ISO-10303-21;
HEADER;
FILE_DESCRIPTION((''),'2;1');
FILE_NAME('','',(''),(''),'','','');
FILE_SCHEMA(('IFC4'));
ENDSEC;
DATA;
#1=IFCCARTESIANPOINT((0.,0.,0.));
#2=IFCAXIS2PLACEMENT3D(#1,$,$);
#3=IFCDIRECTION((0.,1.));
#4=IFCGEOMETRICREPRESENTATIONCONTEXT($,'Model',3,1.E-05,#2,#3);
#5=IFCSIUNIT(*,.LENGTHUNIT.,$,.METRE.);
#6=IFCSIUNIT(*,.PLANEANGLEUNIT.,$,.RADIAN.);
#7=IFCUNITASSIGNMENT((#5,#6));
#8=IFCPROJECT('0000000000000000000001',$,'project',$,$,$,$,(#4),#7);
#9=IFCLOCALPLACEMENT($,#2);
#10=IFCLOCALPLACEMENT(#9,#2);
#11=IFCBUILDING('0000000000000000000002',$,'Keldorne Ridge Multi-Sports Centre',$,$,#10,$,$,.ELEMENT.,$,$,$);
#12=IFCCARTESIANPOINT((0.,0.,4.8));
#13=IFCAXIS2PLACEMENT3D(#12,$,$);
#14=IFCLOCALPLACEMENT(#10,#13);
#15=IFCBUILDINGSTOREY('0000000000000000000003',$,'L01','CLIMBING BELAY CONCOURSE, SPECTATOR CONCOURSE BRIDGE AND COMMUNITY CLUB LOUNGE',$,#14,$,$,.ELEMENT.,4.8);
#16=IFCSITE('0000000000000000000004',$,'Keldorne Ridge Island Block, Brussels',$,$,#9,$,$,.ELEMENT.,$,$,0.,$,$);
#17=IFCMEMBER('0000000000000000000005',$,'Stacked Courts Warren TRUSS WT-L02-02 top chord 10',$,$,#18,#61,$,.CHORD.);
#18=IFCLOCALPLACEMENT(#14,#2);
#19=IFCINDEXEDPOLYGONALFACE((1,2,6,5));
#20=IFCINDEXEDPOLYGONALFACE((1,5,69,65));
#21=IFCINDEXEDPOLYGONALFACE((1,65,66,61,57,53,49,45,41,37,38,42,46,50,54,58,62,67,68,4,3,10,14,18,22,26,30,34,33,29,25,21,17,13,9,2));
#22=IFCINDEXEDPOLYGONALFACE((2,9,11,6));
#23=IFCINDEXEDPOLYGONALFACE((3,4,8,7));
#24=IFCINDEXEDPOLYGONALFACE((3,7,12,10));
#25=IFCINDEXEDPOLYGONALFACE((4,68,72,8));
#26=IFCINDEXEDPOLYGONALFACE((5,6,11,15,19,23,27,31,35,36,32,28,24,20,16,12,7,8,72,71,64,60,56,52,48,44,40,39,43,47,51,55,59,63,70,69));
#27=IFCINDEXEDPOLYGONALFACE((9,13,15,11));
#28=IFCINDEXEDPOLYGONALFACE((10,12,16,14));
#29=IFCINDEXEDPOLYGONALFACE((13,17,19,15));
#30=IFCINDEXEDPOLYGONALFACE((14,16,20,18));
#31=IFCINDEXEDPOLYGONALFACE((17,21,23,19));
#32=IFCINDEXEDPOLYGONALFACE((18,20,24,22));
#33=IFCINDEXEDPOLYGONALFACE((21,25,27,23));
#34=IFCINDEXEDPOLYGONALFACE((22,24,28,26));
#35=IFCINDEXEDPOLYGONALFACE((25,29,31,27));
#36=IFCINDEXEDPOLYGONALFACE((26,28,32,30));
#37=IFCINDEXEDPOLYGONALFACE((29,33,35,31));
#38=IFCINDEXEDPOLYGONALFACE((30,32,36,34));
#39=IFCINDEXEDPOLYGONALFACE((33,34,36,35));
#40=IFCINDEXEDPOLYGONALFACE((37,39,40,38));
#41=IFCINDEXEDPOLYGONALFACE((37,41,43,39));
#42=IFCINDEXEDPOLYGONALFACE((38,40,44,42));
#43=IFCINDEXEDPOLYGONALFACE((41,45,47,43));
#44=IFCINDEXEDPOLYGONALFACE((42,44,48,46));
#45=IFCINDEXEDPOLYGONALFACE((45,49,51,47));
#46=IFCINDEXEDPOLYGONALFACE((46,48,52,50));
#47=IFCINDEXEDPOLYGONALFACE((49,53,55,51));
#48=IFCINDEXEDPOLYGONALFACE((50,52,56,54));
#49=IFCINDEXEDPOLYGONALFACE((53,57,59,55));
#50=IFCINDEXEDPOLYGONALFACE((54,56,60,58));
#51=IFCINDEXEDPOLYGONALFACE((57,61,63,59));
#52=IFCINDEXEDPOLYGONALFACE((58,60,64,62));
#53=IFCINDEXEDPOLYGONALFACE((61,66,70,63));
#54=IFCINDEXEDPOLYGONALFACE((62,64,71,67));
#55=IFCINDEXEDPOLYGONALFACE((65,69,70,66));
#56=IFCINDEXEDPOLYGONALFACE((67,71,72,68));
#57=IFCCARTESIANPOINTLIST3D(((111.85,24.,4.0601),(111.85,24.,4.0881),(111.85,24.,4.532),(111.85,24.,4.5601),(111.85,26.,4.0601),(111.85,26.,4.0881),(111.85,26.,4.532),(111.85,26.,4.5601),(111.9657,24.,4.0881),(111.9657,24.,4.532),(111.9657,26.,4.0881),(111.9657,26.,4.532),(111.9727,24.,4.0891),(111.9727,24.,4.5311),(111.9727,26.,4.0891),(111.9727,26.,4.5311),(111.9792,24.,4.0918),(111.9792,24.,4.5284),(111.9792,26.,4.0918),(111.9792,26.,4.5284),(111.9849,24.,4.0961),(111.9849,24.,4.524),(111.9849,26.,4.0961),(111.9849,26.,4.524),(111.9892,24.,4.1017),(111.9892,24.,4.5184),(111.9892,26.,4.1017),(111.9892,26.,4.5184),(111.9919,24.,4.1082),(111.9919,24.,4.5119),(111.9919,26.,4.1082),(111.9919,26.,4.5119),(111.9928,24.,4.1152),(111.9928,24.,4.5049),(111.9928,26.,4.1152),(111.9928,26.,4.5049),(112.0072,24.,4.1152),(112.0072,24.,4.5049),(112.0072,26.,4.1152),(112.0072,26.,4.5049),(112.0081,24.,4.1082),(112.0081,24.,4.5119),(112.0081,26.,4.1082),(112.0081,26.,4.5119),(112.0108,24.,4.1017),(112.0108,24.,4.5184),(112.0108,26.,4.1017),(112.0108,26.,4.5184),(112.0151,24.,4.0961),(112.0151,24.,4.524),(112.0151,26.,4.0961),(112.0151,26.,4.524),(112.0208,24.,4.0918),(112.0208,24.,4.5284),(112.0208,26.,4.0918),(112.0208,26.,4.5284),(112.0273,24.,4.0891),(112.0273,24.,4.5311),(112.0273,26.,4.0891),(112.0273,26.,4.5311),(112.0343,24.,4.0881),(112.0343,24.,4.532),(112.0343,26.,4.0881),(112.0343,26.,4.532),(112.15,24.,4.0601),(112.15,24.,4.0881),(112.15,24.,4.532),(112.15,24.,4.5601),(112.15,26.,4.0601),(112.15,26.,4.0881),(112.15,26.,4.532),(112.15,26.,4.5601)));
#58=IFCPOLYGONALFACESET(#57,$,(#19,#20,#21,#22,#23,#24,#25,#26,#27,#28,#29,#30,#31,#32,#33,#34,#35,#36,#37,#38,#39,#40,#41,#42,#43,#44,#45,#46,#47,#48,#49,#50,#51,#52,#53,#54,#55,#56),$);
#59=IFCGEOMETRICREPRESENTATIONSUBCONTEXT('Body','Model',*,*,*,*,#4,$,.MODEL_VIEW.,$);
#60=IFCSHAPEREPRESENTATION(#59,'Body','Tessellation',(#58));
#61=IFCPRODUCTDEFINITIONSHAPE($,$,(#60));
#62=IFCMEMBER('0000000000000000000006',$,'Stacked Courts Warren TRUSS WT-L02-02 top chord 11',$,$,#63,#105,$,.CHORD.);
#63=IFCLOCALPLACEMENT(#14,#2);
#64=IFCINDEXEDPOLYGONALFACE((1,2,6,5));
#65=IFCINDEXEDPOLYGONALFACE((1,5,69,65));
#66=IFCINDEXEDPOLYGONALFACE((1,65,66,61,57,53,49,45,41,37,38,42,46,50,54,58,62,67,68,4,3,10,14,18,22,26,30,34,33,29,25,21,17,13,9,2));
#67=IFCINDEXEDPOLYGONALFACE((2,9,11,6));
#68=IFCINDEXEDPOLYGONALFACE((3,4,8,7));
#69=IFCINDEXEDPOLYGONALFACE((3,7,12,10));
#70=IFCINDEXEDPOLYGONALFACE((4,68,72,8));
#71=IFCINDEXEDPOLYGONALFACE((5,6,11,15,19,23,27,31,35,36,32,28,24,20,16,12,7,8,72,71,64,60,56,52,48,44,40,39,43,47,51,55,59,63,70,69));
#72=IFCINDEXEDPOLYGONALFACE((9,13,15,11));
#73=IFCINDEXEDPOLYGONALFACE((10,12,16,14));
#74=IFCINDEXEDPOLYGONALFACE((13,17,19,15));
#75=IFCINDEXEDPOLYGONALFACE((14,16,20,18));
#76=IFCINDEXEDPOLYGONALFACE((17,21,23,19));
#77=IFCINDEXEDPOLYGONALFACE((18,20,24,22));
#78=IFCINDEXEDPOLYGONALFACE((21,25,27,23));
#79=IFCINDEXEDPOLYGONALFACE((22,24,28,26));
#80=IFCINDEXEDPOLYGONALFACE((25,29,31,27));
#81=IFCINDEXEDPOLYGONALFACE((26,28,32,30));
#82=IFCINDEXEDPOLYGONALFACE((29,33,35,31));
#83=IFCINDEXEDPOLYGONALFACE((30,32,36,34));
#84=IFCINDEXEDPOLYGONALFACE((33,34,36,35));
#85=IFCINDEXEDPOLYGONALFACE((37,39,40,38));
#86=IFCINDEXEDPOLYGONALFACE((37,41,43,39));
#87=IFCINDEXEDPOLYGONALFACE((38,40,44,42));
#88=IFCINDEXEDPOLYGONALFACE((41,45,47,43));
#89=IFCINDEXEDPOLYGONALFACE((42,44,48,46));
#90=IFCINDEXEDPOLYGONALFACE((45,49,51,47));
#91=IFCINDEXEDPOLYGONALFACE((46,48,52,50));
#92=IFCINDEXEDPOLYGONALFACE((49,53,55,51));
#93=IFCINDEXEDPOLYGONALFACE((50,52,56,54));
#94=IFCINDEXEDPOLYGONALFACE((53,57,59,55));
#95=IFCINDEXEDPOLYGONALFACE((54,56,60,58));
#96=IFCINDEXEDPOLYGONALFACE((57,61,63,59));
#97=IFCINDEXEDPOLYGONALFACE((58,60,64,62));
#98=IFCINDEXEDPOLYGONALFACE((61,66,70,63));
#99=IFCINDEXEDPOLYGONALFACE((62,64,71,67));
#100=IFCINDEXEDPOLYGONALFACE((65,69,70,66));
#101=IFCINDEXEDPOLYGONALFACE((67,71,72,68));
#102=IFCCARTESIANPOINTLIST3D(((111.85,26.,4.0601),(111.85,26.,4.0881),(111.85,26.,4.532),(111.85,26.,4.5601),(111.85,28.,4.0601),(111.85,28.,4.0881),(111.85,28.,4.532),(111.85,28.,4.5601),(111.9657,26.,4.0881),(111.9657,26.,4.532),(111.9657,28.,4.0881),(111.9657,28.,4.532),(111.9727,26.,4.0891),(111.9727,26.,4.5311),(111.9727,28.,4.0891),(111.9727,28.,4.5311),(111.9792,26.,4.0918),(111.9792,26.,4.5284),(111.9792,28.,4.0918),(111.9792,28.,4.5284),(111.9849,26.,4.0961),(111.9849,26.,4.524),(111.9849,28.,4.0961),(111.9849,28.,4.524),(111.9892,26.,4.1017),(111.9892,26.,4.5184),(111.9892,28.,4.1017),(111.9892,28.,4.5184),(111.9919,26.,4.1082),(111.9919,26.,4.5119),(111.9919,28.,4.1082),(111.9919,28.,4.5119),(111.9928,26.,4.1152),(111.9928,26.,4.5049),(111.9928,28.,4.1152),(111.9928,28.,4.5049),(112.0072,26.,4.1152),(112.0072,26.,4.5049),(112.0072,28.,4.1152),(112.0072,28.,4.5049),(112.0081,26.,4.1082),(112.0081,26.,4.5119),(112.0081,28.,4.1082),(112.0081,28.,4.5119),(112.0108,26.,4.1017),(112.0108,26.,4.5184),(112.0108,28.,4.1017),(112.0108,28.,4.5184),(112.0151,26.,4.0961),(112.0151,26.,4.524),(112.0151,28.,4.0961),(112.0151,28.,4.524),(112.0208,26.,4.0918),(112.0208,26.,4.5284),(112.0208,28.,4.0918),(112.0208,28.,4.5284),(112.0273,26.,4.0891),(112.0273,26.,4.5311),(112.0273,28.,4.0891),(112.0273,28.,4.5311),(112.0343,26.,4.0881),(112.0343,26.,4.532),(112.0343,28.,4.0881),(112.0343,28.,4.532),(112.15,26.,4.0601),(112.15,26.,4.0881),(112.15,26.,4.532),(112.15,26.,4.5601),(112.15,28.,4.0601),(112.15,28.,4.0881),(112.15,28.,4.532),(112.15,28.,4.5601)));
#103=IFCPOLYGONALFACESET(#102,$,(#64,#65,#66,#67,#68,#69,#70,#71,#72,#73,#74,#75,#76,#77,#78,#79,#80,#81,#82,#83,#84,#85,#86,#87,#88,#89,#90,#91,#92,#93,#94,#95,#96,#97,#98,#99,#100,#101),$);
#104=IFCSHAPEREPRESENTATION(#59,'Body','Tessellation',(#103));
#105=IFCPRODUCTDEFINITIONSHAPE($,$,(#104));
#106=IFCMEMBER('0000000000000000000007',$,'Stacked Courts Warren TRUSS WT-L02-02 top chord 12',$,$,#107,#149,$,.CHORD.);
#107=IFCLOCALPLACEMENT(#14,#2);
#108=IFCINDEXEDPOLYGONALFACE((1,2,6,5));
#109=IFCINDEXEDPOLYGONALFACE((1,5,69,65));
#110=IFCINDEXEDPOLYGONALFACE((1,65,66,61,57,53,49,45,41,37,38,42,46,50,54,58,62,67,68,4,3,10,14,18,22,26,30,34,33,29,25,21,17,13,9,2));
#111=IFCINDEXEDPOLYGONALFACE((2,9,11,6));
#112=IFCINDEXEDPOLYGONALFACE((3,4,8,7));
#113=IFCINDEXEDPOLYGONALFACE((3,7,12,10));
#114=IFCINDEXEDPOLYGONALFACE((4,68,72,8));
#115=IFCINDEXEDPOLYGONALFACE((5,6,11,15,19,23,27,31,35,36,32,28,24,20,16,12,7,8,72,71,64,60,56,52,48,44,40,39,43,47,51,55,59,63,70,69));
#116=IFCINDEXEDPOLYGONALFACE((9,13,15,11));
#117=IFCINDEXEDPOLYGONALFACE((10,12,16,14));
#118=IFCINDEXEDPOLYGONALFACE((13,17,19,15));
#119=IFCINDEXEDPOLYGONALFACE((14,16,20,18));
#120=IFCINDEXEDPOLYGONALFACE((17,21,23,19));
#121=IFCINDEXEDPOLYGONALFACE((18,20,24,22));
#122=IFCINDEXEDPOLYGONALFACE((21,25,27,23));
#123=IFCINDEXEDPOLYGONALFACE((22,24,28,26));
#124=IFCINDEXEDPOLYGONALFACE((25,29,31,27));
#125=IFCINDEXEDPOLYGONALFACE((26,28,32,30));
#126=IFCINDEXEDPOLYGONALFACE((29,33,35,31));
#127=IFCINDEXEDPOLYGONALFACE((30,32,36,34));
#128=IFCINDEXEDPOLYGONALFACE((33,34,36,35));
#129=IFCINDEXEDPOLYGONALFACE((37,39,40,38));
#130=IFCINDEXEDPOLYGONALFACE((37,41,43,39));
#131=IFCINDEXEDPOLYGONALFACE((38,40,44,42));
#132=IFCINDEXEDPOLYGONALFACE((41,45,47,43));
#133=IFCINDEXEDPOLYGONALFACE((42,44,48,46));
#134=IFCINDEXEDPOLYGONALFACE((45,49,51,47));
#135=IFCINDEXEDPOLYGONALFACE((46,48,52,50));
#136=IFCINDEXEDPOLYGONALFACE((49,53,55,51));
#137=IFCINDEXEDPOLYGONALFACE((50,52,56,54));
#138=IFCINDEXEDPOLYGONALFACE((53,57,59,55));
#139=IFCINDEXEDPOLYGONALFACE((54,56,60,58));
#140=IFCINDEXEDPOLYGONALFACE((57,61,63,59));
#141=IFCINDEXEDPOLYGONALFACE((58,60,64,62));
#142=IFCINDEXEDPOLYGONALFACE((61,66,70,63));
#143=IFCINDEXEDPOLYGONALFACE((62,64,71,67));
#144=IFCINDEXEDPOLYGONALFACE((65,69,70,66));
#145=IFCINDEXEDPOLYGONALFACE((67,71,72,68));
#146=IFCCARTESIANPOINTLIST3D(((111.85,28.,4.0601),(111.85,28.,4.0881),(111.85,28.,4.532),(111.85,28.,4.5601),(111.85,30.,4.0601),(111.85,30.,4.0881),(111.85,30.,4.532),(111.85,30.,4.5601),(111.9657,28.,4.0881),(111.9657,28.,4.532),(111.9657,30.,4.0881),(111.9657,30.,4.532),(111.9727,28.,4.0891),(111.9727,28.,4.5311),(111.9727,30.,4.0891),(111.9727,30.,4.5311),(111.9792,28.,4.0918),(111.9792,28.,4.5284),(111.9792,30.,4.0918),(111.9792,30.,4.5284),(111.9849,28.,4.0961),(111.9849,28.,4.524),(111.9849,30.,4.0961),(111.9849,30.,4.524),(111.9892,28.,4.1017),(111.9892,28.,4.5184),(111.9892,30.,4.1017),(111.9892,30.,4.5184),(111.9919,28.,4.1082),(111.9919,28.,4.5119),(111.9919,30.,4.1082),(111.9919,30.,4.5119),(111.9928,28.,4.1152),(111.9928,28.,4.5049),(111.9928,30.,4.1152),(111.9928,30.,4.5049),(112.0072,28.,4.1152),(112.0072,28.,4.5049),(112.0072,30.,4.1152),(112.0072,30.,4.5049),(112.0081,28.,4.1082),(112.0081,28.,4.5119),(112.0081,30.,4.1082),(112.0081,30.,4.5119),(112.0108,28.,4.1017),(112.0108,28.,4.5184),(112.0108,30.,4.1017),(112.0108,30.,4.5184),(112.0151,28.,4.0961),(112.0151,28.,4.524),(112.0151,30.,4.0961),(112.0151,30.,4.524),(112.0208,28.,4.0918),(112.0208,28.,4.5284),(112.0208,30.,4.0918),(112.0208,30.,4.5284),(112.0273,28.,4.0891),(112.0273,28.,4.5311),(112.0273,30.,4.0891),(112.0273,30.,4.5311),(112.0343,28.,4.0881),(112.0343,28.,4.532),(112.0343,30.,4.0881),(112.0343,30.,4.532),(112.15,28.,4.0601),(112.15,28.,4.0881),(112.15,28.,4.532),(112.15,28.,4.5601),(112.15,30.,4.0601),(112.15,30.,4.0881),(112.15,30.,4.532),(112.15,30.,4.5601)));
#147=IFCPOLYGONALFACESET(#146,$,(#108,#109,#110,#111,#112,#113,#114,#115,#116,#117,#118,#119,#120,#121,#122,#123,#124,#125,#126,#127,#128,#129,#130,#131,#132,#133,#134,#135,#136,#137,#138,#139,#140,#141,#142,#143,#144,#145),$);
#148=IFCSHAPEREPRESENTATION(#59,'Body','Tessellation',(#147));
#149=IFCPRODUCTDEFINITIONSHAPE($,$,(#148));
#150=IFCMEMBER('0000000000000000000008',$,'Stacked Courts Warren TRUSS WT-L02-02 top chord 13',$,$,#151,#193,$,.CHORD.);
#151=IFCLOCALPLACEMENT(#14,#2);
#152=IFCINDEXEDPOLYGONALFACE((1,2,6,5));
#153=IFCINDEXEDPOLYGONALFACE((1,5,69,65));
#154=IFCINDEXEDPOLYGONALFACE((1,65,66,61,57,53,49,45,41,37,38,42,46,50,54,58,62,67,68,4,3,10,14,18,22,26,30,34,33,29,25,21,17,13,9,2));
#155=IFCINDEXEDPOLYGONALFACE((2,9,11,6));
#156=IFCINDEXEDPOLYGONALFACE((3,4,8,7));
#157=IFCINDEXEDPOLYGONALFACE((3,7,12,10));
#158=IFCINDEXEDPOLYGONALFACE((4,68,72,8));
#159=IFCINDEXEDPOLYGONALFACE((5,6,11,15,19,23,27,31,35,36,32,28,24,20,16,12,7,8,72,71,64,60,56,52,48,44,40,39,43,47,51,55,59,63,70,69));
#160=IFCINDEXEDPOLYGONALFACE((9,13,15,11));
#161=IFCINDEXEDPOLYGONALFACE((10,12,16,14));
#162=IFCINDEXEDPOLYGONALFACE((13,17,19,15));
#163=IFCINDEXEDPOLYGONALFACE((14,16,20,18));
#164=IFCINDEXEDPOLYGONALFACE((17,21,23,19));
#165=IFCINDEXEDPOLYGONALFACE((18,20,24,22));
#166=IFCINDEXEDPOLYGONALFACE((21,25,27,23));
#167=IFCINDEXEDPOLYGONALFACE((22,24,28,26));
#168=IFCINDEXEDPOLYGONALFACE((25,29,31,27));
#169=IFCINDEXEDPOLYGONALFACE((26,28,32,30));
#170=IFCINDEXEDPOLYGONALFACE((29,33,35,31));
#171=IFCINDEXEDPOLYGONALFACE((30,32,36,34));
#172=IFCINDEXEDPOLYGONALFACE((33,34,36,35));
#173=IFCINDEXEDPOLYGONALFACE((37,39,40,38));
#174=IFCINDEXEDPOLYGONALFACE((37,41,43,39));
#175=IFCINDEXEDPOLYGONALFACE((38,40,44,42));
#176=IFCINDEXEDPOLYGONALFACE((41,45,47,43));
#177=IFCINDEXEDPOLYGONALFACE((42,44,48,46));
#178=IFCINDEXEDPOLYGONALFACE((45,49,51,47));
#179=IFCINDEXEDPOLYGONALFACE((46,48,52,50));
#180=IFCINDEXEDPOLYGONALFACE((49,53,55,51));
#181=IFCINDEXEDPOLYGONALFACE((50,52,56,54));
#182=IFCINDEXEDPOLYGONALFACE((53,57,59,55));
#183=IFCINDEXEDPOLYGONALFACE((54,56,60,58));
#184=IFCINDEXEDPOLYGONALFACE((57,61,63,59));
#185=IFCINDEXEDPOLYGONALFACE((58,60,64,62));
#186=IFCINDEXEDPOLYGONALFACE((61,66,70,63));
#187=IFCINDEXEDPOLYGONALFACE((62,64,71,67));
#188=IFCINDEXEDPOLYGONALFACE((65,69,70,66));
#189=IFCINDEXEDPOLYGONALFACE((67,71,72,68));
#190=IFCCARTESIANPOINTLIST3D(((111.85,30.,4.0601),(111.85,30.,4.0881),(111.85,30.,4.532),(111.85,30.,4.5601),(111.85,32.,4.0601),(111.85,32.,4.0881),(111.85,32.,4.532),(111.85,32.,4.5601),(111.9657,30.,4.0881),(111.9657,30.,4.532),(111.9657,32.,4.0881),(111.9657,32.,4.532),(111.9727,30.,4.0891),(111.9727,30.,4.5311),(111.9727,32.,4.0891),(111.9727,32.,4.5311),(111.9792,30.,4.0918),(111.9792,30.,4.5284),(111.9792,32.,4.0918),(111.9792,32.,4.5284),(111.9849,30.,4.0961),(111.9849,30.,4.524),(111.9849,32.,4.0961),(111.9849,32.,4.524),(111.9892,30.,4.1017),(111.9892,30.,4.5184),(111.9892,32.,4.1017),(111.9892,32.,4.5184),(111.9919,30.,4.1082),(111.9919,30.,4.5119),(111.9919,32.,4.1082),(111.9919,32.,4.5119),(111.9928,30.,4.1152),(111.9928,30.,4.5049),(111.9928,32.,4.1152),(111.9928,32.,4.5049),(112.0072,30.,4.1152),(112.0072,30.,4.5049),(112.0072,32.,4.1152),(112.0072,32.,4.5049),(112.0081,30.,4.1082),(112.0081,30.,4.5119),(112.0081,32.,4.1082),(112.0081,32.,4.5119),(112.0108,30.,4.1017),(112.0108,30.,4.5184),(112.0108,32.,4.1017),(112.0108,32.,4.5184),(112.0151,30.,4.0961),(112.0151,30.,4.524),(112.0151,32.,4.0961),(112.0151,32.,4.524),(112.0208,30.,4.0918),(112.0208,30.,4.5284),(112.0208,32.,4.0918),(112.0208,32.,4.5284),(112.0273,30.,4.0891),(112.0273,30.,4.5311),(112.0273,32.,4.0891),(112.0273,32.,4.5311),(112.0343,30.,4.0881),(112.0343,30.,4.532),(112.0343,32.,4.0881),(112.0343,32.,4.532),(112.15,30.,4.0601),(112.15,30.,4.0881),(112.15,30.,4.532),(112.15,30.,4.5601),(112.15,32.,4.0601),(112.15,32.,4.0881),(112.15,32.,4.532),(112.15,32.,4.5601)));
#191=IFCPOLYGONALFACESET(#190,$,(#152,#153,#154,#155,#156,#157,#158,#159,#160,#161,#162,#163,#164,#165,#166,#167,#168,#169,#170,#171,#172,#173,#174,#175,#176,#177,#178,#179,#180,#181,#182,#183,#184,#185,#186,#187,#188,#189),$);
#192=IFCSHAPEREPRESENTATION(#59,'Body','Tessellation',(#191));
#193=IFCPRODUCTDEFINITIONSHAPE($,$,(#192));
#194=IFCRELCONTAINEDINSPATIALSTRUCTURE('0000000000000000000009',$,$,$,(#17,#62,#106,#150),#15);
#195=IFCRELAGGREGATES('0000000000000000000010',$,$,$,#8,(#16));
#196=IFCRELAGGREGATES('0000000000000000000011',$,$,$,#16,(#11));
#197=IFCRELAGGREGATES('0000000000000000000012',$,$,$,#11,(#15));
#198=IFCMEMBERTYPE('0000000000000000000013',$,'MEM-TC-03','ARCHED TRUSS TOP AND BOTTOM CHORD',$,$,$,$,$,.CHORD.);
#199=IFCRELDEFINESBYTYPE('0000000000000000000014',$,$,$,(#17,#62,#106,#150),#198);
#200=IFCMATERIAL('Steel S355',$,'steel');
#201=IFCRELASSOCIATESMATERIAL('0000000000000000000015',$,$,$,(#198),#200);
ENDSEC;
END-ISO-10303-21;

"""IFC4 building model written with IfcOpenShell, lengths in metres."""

from ifc_helpers import new_model, si_unit, direction, frame, origin, origin_2d, place, context, subcontext, project, spatial, i_section, extrude, material, material_profile, profile_set, type_object, element, save


model = new_model("IFC4")

# Units and contexts
model_context = context("Model", 3, precision=1e-05, world=origin(), true_north=direction((0.0, 1.0)))
body_context = subcontext(model_context, "Body", "Model", "MODEL_VIEW")
ifc_project = project(units=[si_unit("LENGTHUNIT", "METRE"), si_unit("PLANEANGLEUNIT", "RADIAN")], contexts=[model_context])

# Site, building, storey
site_placement = place(None, origin())
site = spatial("IfcSite", under=ifc_project, at=site_placement, Name="Keldorne Ridge Island Block, Brussels", CompositionType="ELEMENT", RefElevation=0.0)
building_placement = place(site_placement, origin())
building = spatial("IfcBuilding", under=site, at=building_placement, Name="Keldorne Ridge Multi-Sports Centre", CompositionType="ELEMENT")
storey_placement = place(building_placement, frame((0.0, 0.0, 4.8)))
storey = spatial("IfcBuildingStorey", under=building, at=storey_placement, Name="L01", Description="CLIMBING BELAY CONCOURSE, SPECTATOR CONCOURSE BRIDGE AND COMMUNITY CLUB LOUNGE", CompositionType="ELEMENT", Elevation=4.8)

# Members
ifc_material_1 = material(Name="Steel S355", Category="steel")
ifc_material_profile_1 = material_profile(ifc_material_1, i_section(OverallWidth=0.3, OverallDepth=0.5, WebThickness=0.0144, FlangeThickness=0.0281, FilletRadius=0.0271, at=origin_2d()), Name="HEB 500")
ifc_profile_set_1 = profile_set([ifc_material_profile_1], Name="Steel S355")
member_type_1 = type_object("IfcMemberType", Name="MEM-TC-03", Description="ARCHED TRUSS TOP AND BOTTOM CHORD", PredefinedType="CHORD", material=ifc_profile_set_1)
for number, where, z_axis, x_axis, name in (
    (1, (112.0, 24.0, 4.3101), (0.0, 1.0, 0.0), (-1.0, 0.0, 0.0), "Stacked Courts Warren TRUSS WT-L02-02 top chord 10"),
    (2, (112.0, 26.0, 4.3101), (0.0, 1.0, 0.0), (-1.0, 0.0, 0.0), "Stacked Courts Warren TRUSS WT-L02-02 top chord 11"),
    (3, (112.0, 28.0, 4.3101), (0.0, 1.0, 0.0), (-1.0, 0.0, 0.0), "Stacked Courts Warren TRUSS WT-L02-02 top chord 12"),
    (4, (112.0, 30.0, 4.3101), (0.0, 1.0, 0.0), (-1.0, 0.0, 0.0), "Stacked Courts Warren TRUSS WT-L02-02 top chord 13"),
):
    element("IfcMember", number, at=place(storey_placement, frame(where, z_axis=z_axis, x_axis=x_axis)), inside=storey, type_object=member_type_1, Name=name, PredefinedType="CHORD", context=body_context, shape_type="SweptSolid", body=[
        extrude(i_section(OverallWidth=0.3, OverallDepth=0.5, WebThickness=0.0144, FlangeThickness=0.0281, FilletRadius=0.0271, at=origin_2d()), origin(), (0.0, 0.0, 1.0), 2.0),
    ])

save(model, "model.ifc")
